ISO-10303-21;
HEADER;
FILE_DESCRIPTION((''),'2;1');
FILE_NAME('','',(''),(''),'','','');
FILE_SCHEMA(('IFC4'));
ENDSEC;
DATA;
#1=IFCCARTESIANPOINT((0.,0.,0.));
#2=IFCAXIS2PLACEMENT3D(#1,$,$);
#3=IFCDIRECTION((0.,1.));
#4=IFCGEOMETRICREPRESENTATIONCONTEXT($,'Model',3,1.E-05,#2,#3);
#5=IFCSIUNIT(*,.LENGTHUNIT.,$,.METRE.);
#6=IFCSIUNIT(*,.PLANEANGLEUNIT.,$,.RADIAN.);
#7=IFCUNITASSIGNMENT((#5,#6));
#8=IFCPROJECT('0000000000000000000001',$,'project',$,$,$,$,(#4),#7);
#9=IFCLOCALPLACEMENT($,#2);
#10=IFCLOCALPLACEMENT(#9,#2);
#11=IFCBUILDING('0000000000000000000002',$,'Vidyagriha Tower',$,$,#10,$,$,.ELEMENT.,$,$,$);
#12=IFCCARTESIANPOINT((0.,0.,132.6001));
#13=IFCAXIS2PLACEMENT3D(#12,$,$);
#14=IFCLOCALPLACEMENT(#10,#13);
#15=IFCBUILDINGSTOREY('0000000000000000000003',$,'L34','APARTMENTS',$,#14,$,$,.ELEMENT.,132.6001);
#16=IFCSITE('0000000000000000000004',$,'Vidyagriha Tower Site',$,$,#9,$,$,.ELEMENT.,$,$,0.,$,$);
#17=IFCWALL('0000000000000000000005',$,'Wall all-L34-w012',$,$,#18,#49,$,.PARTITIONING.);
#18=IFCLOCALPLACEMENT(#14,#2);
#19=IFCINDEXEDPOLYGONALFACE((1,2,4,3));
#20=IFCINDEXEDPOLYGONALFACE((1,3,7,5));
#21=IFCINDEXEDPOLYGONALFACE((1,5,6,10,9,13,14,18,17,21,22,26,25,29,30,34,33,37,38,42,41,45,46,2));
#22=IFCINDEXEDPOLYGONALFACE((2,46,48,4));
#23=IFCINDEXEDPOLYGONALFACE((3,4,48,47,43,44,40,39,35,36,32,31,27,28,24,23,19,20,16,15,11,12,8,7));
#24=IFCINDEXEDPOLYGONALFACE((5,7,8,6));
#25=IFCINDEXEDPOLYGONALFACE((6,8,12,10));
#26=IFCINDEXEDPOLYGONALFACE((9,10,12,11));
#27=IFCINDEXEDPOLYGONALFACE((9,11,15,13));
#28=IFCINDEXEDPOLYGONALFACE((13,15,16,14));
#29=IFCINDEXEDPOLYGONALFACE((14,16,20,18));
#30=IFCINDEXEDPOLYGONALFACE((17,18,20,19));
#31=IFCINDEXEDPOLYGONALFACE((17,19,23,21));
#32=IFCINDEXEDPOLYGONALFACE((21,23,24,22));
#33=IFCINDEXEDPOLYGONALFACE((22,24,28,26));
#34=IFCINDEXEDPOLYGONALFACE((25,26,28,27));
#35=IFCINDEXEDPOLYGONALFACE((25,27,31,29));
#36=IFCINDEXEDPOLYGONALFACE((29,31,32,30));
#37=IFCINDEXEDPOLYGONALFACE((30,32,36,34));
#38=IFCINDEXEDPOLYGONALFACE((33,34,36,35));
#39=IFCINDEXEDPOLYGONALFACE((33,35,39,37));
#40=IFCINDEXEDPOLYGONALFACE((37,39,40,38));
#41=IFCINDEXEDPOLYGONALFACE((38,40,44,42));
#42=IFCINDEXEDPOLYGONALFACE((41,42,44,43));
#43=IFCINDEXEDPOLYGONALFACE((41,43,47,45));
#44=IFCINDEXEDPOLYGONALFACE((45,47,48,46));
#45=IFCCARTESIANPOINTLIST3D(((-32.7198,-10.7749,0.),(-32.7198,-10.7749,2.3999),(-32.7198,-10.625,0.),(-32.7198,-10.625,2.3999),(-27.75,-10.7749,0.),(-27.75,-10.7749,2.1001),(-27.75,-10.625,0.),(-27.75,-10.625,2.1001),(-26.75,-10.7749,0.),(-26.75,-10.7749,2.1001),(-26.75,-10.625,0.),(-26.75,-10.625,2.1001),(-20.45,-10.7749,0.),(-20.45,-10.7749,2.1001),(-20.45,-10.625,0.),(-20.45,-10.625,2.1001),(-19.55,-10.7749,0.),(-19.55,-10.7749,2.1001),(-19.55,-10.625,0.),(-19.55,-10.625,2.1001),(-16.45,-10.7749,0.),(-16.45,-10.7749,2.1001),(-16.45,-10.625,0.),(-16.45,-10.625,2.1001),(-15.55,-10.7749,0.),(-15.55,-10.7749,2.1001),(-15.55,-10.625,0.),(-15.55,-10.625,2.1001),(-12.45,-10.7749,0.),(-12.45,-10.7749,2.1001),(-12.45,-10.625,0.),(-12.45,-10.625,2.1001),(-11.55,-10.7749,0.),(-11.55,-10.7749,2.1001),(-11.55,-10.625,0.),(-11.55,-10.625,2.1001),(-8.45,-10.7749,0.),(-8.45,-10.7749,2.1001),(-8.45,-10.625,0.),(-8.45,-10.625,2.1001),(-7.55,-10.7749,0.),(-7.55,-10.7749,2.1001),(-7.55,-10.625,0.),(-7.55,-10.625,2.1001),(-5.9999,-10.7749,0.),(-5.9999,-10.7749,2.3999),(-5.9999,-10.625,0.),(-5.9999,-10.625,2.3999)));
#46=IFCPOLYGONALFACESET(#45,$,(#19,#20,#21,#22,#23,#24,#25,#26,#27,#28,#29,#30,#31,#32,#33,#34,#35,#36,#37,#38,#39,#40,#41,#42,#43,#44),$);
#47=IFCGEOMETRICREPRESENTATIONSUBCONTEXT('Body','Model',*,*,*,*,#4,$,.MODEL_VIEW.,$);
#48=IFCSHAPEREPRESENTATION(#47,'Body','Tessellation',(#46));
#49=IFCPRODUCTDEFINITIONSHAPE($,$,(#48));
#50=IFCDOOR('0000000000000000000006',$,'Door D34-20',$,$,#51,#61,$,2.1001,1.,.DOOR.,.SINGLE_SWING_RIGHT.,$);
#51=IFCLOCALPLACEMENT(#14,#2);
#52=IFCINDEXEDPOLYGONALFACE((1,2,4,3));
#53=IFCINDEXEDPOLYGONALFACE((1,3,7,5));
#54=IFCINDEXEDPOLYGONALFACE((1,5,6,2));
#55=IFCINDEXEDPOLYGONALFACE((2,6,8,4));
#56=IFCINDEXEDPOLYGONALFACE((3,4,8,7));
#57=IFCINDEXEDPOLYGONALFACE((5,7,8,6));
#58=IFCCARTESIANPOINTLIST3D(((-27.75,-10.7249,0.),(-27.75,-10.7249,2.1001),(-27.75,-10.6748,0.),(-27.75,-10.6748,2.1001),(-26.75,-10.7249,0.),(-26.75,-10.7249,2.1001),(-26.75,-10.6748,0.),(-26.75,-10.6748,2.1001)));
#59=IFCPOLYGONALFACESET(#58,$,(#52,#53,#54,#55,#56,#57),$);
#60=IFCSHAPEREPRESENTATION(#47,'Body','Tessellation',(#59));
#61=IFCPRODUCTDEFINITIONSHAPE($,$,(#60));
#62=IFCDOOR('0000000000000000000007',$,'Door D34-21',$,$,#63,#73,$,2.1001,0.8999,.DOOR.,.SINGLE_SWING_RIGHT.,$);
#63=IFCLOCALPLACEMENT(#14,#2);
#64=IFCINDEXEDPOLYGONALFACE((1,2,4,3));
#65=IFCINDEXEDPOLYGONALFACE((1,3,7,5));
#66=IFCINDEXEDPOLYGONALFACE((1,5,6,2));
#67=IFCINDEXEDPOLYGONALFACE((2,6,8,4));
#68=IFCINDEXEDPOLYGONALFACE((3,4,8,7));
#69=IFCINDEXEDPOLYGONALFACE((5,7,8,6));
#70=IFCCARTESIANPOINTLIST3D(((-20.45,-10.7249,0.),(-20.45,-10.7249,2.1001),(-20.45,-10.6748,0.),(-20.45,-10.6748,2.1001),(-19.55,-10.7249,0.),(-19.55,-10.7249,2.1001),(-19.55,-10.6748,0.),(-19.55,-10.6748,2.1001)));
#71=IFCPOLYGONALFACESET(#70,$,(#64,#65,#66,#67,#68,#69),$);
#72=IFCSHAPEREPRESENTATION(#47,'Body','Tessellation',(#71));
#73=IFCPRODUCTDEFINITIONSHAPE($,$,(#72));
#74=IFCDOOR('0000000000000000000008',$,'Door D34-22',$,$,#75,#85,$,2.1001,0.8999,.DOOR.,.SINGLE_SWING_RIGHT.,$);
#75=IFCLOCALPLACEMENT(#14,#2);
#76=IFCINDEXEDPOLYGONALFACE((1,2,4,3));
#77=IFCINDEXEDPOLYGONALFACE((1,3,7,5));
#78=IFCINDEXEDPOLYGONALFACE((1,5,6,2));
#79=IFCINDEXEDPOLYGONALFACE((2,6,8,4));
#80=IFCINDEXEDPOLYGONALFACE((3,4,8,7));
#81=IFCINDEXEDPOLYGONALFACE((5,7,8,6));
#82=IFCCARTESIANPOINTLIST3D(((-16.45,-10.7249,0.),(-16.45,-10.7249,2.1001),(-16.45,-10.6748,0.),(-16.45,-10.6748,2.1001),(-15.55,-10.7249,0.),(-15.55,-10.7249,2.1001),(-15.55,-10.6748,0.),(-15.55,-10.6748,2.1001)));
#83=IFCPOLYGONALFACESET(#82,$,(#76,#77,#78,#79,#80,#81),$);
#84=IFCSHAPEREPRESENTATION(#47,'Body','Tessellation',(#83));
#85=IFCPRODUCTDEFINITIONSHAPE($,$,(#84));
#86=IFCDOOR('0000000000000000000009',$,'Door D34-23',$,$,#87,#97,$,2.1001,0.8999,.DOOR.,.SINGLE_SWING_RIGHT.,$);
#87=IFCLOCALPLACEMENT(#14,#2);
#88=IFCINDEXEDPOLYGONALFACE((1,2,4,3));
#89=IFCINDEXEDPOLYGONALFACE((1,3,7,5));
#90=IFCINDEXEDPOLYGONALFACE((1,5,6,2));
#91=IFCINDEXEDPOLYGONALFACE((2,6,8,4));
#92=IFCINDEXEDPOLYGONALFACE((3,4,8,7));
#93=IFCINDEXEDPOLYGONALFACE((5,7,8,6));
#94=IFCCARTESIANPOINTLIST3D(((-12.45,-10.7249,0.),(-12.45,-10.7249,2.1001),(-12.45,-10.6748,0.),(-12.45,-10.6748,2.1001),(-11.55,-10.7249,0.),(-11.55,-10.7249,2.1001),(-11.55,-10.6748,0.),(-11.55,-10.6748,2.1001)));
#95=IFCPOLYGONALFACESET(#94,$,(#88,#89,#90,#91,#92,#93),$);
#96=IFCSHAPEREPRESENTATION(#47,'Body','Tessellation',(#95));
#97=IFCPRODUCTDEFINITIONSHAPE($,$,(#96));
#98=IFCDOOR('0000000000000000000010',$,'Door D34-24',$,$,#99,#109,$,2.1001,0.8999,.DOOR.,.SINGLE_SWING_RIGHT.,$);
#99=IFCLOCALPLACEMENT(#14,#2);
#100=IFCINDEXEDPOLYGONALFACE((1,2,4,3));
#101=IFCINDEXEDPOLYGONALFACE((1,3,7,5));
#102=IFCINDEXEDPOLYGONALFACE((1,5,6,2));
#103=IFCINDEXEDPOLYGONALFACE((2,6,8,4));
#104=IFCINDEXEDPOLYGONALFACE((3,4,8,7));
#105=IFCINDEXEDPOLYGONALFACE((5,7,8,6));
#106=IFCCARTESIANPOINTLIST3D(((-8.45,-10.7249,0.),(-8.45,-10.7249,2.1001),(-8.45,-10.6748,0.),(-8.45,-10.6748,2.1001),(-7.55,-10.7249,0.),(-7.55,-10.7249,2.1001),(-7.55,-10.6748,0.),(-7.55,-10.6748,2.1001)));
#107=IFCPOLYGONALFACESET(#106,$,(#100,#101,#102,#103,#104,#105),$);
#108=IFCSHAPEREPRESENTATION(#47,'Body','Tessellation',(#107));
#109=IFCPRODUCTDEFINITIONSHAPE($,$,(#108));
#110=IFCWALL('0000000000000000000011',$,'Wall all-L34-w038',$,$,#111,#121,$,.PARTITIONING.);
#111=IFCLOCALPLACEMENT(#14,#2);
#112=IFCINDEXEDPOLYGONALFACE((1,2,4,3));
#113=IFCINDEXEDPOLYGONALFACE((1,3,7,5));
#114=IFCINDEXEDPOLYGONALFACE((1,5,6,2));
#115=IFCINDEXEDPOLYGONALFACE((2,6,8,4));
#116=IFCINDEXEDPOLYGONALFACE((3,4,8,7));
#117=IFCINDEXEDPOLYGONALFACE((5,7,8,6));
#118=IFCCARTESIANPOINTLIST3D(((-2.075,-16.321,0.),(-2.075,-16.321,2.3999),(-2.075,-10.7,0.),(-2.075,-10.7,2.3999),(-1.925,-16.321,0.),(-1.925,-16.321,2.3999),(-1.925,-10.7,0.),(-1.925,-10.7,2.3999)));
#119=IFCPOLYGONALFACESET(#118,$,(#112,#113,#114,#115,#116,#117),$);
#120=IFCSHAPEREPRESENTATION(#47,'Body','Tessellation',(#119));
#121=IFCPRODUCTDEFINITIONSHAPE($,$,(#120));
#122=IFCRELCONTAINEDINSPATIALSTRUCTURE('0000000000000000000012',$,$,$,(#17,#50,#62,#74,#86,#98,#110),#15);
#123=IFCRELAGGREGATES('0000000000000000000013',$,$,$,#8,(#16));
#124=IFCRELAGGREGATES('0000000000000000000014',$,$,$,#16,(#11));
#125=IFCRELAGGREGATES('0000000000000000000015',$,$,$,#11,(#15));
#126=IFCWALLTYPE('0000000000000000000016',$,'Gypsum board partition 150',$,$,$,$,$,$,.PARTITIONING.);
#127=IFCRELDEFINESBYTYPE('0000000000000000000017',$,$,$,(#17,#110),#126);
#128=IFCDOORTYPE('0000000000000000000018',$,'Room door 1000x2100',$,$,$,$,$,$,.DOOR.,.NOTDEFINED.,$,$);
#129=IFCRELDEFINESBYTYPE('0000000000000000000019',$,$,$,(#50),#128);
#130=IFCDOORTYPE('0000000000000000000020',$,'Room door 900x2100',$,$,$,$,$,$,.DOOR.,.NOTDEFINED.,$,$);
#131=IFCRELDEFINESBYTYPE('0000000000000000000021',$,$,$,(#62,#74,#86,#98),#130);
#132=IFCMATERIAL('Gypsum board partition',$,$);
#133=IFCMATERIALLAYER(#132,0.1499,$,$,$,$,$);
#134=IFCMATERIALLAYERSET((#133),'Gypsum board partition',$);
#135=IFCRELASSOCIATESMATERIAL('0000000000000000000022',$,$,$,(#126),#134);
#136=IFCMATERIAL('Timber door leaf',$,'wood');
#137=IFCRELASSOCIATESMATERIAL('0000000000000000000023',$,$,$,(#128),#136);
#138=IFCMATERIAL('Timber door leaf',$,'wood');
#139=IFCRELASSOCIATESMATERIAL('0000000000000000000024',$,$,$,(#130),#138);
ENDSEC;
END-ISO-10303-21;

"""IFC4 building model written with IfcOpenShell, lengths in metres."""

from ifc_helpers import new_model, si_unit, direction, frame, frame_2d, origin, place, context, subcontext, project, spatial, rectangle, extrude, material, layer, layer_set, type_object, element, fill, save


model = new_model("IFC4")

# Units and contexts
model_context = context("Model", 3, precision=1e-05, world=origin(), true_north=direction((0.0, 1.0)))
body_context = subcontext(model_context, "Body", "Model", "MODEL_VIEW")
ifc_project = project(units=[si_unit("LENGTHUNIT", "METRE"), si_unit("PLANEANGLEUNIT", "RADIAN")], contexts=[model_context])

# Site, building, storey
site_placement = place(None, origin())
site = spatial("IfcSite", under=ifc_project, at=site_placement, Name="Vidyagriha Tower Site", CompositionType="ELEMENT", RefElevation=0.0)
building_placement = place(site_placement, origin())
building = spatial("IfcBuilding", under=site, at=building_placement, Name="Vidyagriha Tower", CompositionType="ELEMENT")
storey_placement = place(building_placement, frame((0.0, 0.0, 132.6001)))
storey = spatial("IfcBuildingStorey", under=building, at=storey_placement, Name="L34", Description="APARTMENTS", CompositionType="ELEMENT", Elevation=132.6001)

# Wall, openings, doors
ifc_material_1 = material(Name="Gypsum board partition")
ifc_layer_1 = layer(ifc_material_1, 0.1499)
ifc_layer_set_1 = layer_set([ifc_layer_1], Name="Gypsum board partition")
wall_type_1 = type_object("IfcWallType", Name="Gypsum board partition 150", PredefinedType="PARTITIONING", material=ifc_layer_set_1)
wall_1_placement = place(storey_placement, frame((-6.0, -10.7, 0.0), z_axis=(0.0, 0.0, 1.0), x_axis=(-1.0, 0.0, 0.0)))
wall_1 = element("IfcWall", 1, at=wall_1_placement, inside=storey, type_object=wall_type_1, Name="Wall all-L34-w012", PredefinedType="PARTITIONING", context=body_context, shape_type="SweptSolid", body=[
    extrude(rectangle(XDim=26.72, YDim=0.1499, at=frame_2d((13.3599, 0.0))), origin(), (0.0, 0.0, 1.0), 2.3999),
])
opening_1_placement = place(wall_1_placement, frame((20.75, 0.0, 0.0)))
opening_1 = element("IfcOpeningElement", 2, at=opening_1_placement, cuts=wall_1, PredefinedType="OPENING", context=body_context, shape_type="SweptSolid", body=[
    extrude(rectangle(XDim=1.0, YDim=2.1001, at=frame_2d((0.5, 1.05))), frame((0.0, 0.085, 0.0), z_axis=(0.0, -1.0, 0.0), x_axis=(1.0, 0.0, 0.0)), (0.0, 0.0, 1.0), 0.1699),
])
opening_2_placement = place(wall_1_placement, frame((13.55, 0.0, 0.0)))
opening_2 = element("IfcOpeningElement", 3, at=opening_2_placement, cuts=wall_1, PredefinedType="OPENING", context=body_context, shape_type="SweptSolid", body=[
    extrude(rectangle(XDim=0.8999, YDim=2.1001, at=frame_2d((0.45, 1.05))), frame((0.0, 0.085, 0.0), z_axis=(0.0, -1.0, 0.0), x_axis=(1.0, 0.0, 0.0)), (0.0, 0.0, 1.0), 0.1699),
])
opening_3_placement = place(wall_1_placement, frame((9.55, 0.0, 0.0)))
opening_3 = element("IfcOpeningElement", 4, at=opening_3_placement, cuts=wall_1, PredefinedType="OPENING", context=body_context, shape_type="SweptSolid", body=[
    extrude(rectangle(XDim=0.8999, YDim=2.1001, at=frame_2d((0.45, 1.05))), frame((0.0, 0.085, 0.0), z_axis=(0.0, -1.0, 0.0), x_axis=(1.0, 0.0, 0.0)), (0.0, 0.0, 1.0), 0.1699),
])
opening_4_placement = place(wall_1_placement, frame((5.55, 0.0, 0.0)))
opening_4 = element("IfcOpeningElement", 5, at=opening_4_placement, cuts=wall_1, PredefinedType="OPENING", context=body_context, shape_type="SweptSolid", body=[
    extrude(rectangle(XDim=0.8999, YDim=2.1001, at=frame_2d((0.45, 1.05))), frame((0.0, 0.085, 0.0), z_axis=(0.0, -1.0, 0.0), x_axis=(1.0, 0.0, 0.0)), (0.0, 0.0, 1.0), 0.1699),
])
opening_5_placement = place(wall_1_placement, frame((1.55, 0.0, 0.0)))
opening_5 = element("IfcOpeningElement", 6, at=opening_5_placement, cuts=wall_1, PredefinedType="OPENING", context=body_context, shape_type="SweptSolid", body=[
    extrude(rectangle(XDim=0.8999, YDim=2.1001, at=frame_2d((0.45, 1.05))), frame((0.0, 0.085, 0.0), z_axis=(0.0, -1.0, 0.0), x_axis=(1.0, 0.0, 0.0)), (0.0, 0.0, 1.0), 0.1699),
])
ifc_material_2 = material(Name="Timber door leaf", Category="wood")
door_type_1 = type_object("IfcDoorType", Name="Room door 1000x2100", OperationType="NOTDEFINED", PredefinedType="DOOR", material=ifc_material_2)
door_1_placement = place(opening_1_placement, origin())
door_1 = element("IfcDoor", 7, at=door_1_placement, inside=storey, type_object=door_type_1, Name="Door D34-20", OperationType="SINGLE_SWING_RIGHT", OverallHeight=2.1001, OverallWidth=1.0, PredefinedType="DOOR", context=body_context, shape_type="SweptSolid", body=[
    extrude(rectangle(XDim=1.0, YDim=2.1001, at=frame_2d((0.5, 1.05))), frame((0.0, 0.0249, 0.0), z_axis=(0.0, -1.0, 0.0), x_axis=(1.0, 0.0, 0.0)), (0.0, 0.0, 1.0), 0.05),
])
fill(opening_1, door_1)
ifc_material_3 = material(Name="Timber door leaf", Category="wood")
door_type_2 = type_object("IfcDoorType", Name="Room door 900x2100", OperationType="NOTDEFINED", PredefinedType="DOOR", material=ifc_material_3)
door_2_placement = place(opening_2_placement, origin())
door_2 = element("IfcDoor", 8, at=door_2_placement, inside=storey, type_object=door_type_2, Name="Door D34-21", OperationType="SINGLE_SWING_RIGHT", OverallHeight=2.1001, OverallWidth=0.8999, PredefinedType="DOOR", context=body_context, shape_type="SweptSolid", body=[
    extrude(rectangle(XDim=0.8999, YDim=2.1001, at=frame_2d((0.45, 1.05))), frame((0.0, 0.0249, 0.0), z_axis=(0.0, -1.0, 0.0), x_axis=(1.0, 0.0, 0.0)), (0.0, 0.0, 1.0), 0.05),
])
fill(opening_2, door_2)
door_3_placement = place(opening_3_placement, origin())
door_3 = element("IfcDoor", 9, at=door_3_placement, inside=storey, type_object=door_type_2, Name="Door D34-22", OperationType="SINGLE_SWING_RIGHT", OverallHeight=2.1001, OverallWidth=0.8999, PredefinedType="DOOR", context=body_context, shape_type="SweptSolid", body=[
    extrude(rectangle(XDim=0.8999, YDim=2.1001, at=frame_2d((0.45, 1.05))), frame((0.0, 0.0249, 0.0), z_axis=(0.0, -1.0, 0.0), x_axis=(1.0, 0.0, 0.0)), (0.0, 0.0, 1.0), 0.05),
])
fill(opening_3, door_3)
door_4_placement = place(opening_4_placement, origin())
door_4 = element("IfcDoor", 10, at=door_4_placement, inside=storey, type_object=door_type_2, Name="Door D34-23", OperationType="SINGLE_SWING_RIGHT", OverallHeight=2.1001, OverallWidth=0.8999, PredefinedType="DOOR", context=body_context, shape_type="SweptSolid", body=[
    extrude(rectangle(XDim=0.8999, YDim=2.1001, at=frame_2d((0.45, 1.05))), frame((0.0, 0.0249, 0.0), z_axis=(0.0, -1.0, 0.0), x_axis=(1.0, 0.0, 0.0)), (0.0, 0.0, 1.0), 0.05),
])
fill(opening_4, door_4)
door_5_placement = place(opening_5_placement, origin())
door_5 = element("IfcDoor", 11, at=door_5_placement, inside=storey, type_object=door_type_2, Name="Door D34-24", OperationType="SINGLE_SWING_RIGHT", OverallHeight=2.1001, OverallWidth=0.8999, PredefinedType="DOOR", context=body_context, shape_type="SweptSolid", body=[
    extrude(rectangle(XDim=0.8999, YDim=2.1001, at=frame_2d((0.45, 1.05))), frame((0.0, 0.0249, 0.0), z_axis=(0.0, -1.0, 0.0), x_axis=(1.0, 0.0, 0.0)), (0.0, 0.0, 1.0), 0.05),
])
fill(opening_5, door_5)

# Wall
wall_2_placement = place(storey_placement, frame((-2.0, -10.7, 0.0), z_axis=(0.0, 0.0, 1.0), x_axis=(0.0, -1.0, 0.0)))
element("IfcWall", 12, at=wall_2_placement, inside=storey, type_object=wall_type_1, Name="Wall all-L34-w038", PredefinedType="PARTITIONING", context=body_context, shape_type="SweptSolid", body=[
    extrude(rectangle(XDim=5.6211, YDim=0.1499, at=frame_2d((2.8105, 0.0))), origin(), (0.0, 0.0, 1.0), 2.3999),
])

save(model, "model.ifc")
